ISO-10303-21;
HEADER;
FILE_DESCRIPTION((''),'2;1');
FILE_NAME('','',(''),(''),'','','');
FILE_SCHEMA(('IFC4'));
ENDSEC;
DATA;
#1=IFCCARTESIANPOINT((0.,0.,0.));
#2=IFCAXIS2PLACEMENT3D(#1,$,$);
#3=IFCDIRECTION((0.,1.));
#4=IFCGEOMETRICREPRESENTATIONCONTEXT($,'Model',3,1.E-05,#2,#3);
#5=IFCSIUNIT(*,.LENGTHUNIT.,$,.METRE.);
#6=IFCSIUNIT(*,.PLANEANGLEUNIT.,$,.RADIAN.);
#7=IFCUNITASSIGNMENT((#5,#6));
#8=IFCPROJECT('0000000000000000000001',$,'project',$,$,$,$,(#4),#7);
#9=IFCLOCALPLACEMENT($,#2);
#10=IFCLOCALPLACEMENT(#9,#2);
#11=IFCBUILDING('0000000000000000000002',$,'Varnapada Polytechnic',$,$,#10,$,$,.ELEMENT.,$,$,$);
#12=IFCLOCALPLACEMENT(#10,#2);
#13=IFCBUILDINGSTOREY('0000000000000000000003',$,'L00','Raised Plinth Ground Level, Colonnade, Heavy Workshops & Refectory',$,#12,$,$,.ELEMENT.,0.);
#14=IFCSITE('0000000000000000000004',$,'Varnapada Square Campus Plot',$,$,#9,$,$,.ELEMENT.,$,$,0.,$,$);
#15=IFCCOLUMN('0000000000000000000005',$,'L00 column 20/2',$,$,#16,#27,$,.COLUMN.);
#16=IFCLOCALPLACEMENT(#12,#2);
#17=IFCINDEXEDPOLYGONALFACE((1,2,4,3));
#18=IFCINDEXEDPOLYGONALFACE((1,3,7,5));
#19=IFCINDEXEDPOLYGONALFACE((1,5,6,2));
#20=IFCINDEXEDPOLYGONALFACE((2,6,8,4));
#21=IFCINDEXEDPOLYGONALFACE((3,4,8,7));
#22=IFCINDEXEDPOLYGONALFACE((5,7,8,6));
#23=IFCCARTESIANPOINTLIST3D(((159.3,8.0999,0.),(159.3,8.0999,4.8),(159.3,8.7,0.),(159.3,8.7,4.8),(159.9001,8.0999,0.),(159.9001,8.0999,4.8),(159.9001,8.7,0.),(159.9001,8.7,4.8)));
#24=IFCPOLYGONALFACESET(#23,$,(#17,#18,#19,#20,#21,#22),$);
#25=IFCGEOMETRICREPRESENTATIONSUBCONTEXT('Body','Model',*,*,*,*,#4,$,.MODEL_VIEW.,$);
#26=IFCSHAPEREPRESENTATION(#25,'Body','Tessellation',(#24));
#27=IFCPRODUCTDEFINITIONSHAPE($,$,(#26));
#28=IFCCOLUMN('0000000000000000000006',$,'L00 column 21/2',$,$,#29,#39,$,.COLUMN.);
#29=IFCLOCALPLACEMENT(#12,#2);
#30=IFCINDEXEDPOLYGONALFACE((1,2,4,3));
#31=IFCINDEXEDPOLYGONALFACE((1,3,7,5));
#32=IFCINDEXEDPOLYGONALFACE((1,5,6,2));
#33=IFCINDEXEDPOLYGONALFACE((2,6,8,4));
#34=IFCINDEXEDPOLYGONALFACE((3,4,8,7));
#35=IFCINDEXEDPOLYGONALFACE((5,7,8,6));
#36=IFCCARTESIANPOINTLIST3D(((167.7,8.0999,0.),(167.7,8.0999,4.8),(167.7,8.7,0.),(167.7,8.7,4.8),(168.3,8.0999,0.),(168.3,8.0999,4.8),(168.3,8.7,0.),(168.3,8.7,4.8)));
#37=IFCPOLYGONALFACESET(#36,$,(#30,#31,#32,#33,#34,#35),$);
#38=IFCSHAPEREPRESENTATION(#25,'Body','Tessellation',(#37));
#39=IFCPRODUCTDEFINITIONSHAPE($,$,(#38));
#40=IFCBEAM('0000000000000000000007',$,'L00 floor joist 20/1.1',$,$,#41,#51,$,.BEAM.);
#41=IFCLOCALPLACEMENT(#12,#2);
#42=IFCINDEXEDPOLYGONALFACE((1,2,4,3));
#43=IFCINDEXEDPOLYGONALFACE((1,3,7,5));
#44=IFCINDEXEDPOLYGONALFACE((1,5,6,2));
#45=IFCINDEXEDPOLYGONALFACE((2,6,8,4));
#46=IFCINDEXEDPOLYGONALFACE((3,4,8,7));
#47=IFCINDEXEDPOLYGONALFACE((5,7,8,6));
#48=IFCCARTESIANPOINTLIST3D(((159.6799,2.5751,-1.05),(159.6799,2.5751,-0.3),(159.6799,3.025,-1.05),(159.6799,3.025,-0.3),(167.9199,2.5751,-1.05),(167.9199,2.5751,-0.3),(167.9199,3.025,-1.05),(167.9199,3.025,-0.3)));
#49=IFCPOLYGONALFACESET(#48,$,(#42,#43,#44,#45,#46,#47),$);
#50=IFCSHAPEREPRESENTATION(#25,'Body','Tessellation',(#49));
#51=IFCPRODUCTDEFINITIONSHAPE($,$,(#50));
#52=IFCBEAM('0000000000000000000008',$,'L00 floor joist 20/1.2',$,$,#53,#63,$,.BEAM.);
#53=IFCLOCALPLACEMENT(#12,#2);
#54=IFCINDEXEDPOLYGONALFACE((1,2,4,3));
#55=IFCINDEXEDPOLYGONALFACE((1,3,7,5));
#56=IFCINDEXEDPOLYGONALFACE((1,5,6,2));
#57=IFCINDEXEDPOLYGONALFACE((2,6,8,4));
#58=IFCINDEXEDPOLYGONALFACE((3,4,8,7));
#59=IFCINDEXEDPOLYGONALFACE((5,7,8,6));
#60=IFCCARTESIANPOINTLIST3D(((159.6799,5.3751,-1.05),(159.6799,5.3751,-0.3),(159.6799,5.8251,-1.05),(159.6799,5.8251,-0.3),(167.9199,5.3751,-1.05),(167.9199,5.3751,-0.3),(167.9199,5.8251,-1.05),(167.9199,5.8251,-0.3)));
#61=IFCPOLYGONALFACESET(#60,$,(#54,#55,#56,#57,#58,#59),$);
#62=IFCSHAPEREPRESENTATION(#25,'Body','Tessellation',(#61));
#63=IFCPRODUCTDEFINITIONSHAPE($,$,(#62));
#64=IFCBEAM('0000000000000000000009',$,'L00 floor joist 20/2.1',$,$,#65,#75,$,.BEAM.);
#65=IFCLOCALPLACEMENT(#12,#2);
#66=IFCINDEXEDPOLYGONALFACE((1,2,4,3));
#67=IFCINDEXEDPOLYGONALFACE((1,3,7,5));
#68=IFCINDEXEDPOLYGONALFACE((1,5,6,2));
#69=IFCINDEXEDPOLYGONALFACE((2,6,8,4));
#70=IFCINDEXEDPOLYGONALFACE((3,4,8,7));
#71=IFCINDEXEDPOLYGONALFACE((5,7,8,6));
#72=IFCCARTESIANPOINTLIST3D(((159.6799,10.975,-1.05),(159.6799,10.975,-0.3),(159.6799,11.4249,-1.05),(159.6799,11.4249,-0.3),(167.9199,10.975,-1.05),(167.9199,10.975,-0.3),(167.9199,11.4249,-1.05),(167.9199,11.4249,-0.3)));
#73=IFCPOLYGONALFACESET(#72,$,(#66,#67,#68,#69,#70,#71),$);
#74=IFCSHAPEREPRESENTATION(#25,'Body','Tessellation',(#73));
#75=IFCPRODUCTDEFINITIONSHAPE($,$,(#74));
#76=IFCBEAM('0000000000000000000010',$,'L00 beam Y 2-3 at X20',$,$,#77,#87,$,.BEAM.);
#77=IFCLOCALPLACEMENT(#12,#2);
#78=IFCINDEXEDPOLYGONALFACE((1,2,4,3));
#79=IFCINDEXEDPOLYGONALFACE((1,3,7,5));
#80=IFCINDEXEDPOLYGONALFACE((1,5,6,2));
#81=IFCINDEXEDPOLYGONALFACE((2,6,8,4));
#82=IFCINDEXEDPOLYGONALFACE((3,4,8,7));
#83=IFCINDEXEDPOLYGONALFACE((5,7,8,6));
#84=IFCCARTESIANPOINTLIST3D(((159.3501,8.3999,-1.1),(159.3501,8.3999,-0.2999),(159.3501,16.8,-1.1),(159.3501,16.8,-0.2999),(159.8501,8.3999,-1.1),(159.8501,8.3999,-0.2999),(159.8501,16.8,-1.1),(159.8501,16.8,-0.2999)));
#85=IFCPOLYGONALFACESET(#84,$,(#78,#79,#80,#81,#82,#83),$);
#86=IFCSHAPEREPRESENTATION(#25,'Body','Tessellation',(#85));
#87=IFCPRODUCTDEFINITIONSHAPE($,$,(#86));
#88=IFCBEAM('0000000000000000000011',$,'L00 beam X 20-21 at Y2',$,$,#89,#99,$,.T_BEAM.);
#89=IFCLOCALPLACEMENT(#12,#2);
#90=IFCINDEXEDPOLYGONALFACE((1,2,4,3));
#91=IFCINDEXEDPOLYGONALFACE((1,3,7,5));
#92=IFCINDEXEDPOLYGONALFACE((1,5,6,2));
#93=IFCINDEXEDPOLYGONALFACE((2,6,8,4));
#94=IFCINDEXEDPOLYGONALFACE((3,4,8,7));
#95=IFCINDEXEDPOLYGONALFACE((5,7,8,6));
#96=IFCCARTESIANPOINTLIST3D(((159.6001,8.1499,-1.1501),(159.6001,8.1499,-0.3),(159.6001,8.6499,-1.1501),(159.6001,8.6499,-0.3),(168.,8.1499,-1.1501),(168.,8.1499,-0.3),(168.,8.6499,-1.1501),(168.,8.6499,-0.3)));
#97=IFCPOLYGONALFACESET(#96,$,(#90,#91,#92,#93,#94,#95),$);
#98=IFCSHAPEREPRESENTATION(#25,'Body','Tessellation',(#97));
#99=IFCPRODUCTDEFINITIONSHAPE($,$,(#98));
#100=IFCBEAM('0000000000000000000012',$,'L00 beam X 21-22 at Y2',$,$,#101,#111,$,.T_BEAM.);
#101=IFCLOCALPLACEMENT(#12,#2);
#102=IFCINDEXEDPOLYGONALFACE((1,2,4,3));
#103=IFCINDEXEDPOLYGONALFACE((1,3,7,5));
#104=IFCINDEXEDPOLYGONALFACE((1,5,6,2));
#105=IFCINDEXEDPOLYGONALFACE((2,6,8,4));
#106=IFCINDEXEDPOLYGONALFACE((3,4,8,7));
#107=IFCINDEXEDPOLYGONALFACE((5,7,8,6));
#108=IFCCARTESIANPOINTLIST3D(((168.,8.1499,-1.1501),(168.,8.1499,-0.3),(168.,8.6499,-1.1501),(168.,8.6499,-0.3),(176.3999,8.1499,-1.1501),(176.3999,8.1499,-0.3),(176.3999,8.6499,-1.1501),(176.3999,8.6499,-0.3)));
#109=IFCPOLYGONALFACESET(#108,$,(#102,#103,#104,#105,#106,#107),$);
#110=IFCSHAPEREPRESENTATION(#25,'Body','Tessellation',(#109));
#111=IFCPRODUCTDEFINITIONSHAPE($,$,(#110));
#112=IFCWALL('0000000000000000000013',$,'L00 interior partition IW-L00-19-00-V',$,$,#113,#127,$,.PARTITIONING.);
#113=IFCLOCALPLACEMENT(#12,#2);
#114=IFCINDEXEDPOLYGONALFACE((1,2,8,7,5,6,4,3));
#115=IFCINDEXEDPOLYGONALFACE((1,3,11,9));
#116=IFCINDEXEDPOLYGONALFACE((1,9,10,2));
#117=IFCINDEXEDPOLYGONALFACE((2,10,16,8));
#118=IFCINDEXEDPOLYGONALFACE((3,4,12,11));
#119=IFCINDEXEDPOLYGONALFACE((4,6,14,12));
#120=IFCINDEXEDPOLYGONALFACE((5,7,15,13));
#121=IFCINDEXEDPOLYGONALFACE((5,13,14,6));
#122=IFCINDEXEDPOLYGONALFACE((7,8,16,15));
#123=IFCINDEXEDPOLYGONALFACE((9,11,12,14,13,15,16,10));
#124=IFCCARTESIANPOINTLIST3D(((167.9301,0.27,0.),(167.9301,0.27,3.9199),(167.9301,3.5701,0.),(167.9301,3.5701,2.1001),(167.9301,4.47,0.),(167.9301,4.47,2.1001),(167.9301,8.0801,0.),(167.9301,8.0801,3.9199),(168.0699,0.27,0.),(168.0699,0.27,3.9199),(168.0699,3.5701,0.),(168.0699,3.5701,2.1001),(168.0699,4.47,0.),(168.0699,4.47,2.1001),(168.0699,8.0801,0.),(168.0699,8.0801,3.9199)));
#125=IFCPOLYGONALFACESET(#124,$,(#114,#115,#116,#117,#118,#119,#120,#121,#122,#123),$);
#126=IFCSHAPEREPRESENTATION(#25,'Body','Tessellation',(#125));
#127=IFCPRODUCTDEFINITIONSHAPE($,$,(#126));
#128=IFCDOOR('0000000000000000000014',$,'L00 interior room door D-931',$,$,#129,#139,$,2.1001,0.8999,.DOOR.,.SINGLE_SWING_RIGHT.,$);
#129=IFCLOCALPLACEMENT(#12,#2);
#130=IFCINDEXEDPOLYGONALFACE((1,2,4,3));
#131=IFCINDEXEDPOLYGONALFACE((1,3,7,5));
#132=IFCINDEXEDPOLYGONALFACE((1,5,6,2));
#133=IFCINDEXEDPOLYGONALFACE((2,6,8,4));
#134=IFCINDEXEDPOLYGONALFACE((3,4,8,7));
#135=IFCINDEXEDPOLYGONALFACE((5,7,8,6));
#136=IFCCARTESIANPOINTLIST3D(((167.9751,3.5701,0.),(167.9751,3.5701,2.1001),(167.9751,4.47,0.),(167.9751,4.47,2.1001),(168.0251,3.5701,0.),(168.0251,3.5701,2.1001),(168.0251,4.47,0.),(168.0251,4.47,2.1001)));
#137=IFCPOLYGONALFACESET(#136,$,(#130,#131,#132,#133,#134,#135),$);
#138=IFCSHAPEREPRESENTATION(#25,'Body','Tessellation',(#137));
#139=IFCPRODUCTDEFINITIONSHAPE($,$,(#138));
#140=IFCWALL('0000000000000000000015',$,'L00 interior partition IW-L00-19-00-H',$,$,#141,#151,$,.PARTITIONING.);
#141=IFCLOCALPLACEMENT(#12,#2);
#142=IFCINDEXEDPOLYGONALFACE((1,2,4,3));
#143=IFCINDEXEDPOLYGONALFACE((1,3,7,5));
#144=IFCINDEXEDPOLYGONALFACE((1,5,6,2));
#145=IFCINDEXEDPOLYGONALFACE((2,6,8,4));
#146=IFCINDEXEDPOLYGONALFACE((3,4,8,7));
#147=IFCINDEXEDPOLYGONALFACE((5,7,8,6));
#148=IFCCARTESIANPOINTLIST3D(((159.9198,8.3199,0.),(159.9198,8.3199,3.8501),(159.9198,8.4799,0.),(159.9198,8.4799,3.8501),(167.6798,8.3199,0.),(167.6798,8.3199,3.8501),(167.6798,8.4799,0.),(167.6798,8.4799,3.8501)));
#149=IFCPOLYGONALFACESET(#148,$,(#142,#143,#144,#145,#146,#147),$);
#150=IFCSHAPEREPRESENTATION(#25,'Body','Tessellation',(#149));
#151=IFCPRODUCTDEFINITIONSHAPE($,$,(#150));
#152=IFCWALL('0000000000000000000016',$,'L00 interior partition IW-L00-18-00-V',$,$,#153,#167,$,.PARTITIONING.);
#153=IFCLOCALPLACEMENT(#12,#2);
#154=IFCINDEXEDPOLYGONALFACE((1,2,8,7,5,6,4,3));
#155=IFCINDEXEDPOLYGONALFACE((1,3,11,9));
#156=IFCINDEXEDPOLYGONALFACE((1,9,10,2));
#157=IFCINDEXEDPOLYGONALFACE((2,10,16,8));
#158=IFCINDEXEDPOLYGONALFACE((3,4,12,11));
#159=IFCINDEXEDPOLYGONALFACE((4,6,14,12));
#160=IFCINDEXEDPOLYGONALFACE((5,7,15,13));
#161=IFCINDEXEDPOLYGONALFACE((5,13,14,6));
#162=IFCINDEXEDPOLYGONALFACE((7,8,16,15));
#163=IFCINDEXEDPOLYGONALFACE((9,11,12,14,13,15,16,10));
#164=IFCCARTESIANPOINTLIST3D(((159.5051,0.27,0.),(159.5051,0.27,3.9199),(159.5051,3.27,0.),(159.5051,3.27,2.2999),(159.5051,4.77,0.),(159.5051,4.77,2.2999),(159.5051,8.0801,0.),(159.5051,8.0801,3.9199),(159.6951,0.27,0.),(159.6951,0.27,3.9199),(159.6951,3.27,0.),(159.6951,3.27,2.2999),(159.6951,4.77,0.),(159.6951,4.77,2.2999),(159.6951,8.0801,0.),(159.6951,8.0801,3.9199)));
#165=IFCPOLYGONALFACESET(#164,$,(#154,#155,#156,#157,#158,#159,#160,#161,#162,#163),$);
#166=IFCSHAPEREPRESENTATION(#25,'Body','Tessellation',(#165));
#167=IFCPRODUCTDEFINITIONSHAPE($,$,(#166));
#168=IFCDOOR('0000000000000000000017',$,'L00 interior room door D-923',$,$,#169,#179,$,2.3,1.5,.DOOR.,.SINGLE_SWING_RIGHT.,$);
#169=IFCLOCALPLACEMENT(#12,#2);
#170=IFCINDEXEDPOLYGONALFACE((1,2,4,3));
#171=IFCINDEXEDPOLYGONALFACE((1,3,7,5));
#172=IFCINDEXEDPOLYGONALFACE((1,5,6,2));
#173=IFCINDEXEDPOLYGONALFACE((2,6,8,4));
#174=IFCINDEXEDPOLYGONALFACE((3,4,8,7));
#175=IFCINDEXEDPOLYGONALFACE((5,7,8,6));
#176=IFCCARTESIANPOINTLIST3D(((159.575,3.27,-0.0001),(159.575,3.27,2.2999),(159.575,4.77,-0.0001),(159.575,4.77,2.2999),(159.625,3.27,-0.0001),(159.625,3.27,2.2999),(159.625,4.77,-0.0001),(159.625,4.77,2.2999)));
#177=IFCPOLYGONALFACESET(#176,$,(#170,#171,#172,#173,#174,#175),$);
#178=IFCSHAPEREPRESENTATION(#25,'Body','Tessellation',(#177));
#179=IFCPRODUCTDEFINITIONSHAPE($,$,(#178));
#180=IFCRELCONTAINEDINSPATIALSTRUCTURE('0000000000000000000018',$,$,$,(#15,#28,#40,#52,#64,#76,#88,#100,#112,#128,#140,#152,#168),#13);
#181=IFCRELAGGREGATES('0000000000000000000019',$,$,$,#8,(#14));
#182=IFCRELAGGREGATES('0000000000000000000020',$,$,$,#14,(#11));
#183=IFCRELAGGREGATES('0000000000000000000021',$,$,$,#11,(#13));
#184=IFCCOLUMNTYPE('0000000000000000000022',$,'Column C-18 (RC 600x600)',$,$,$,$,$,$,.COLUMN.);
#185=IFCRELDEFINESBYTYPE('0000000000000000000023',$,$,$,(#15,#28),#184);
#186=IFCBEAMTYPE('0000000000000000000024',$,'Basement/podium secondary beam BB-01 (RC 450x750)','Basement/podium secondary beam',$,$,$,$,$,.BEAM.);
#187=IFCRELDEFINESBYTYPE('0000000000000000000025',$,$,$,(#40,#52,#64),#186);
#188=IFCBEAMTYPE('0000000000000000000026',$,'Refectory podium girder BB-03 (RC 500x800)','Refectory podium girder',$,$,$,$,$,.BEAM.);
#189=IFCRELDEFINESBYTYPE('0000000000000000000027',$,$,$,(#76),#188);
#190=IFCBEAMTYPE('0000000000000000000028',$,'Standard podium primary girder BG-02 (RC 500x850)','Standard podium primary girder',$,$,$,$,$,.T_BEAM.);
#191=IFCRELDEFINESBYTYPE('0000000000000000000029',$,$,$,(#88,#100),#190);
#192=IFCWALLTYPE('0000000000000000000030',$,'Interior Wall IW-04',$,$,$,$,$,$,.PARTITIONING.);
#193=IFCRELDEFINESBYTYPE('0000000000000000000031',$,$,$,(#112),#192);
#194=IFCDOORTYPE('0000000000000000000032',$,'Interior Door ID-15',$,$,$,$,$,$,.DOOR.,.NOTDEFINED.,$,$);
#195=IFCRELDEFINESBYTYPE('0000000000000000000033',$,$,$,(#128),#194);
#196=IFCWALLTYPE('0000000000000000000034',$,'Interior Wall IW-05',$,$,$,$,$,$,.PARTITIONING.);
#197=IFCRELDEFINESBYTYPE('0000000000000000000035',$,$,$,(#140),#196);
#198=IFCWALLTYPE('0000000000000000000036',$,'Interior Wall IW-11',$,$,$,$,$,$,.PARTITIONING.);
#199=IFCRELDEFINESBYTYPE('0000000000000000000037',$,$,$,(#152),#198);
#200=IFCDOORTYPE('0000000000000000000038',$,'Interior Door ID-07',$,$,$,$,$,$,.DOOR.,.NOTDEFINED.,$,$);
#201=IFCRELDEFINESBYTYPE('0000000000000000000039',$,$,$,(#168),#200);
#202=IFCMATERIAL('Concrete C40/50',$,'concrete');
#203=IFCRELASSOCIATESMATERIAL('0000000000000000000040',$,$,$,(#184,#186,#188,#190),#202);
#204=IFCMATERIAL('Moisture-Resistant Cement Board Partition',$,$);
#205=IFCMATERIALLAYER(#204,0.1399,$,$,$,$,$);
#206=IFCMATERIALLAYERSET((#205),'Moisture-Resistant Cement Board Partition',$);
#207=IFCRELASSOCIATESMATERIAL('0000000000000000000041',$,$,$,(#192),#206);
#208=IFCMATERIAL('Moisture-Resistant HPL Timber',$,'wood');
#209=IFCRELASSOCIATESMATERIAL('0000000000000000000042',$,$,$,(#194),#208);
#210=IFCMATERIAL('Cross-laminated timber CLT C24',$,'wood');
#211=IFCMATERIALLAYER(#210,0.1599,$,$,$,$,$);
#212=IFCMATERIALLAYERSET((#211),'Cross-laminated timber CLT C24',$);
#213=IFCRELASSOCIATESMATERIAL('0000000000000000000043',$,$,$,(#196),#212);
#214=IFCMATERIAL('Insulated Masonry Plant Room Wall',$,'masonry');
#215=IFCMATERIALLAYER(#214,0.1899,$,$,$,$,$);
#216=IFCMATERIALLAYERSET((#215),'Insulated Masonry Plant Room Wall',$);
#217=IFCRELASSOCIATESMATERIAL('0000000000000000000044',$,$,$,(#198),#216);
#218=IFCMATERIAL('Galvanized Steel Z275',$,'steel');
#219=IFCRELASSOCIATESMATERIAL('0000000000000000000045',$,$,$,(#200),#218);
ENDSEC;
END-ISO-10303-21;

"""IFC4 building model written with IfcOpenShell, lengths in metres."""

from ifc_helpers import new_model, si_unit, direction, frame, frame_2d, origin, origin_2d, place, context, subcontext, project, spatial, rectangle, extrude, material, layer, layer_set, material_profile, profile_set, type_object, element, fill, save


model = new_model("IFC4")

# Units and contexts
model_context = context("Model", 3, precision=1e-05, world=origin(), true_north=direction((0.0, 1.0)))
body_context = subcontext(model_context, "Body", "Model", "MODEL_VIEW")
ifc_project = project(units=[si_unit("LENGTHUNIT", "METRE"), si_unit("PLANEANGLEUNIT", "RADIAN")], contexts=[model_context])

# Site, building, storey
site_placement = place(None, origin())
site = spatial("IfcSite", under=ifc_project, at=site_placement, Name="Varnapada Square Campus Plot", CompositionType="ELEMENT", RefElevation=0.0)
building_placement = place(site_placement, origin())
building = spatial("IfcBuilding", under=site, at=building_placement, Name="Varnapada Polytechnic", CompositionType="ELEMENT")
storey_placement = place(building_placement, origin())
storey = spatial("IfcBuildingStorey", under=building, at=storey_placement, Name="L00", Description="Raised Plinth Ground Level, Colonnade, Heavy Workshops & Refectory", CompositionType="ELEMENT", Elevation=0.0)

# Columns
ifc_material_1 = material(Name="Concrete C40/50", Category="concrete")
ifc_material_profile_1 = material_profile(ifc_material_1, rectangle(XDim=0.6001, YDim=0.6001, at=origin_2d()), Name="RC 600x600")
ifc_profile_set_1 = profile_set([ifc_material_profile_1], Name="Concrete C40/50")
column_type = type_object("IfcColumnType", Name="Column C-18 (RC 600x600)", PredefinedType="COLUMN", material=ifc_profile_set_1)
for number, where, z_axis, x_axis, name in (
    (1, (159.6001, 8.3999, 0.0), (0.0, 0.0, 1.0), (1.0, 0.0, 0.0), "L00 column 20/2"),
    (2, (168.0, 8.3999, 0.0), (0.0, 0.0, 1.0), (1.0, 0.0, 0.0), "L00 column 21/2"),
):
    element("IfcColumn", number, at=place(storey_placement, frame(where, z_axis=z_axis, x_axis=x_axis)), inside=storey, type_object=column_type, Name=name, PredefinedType="COLUMN", context=body_context, shape_type="SweptSolid", body=[
        extrude(rectangle(XDim=0.6001, YDim=0.6001, at=origin_2d()), origin(), (0.0, 0.0, 1.0), 4.8),
    ])

# Beams
ifc_material_profile_2 = material_profile(ifc_material_1, rectangle(XDim=0.45, YDim=0.75, at=origin_2d()), Name="RC 450x750")
ifc_profile_set_2 = profile_set([ifc_material_profile_2], Name="Concrete C40/50")
beam_type_1 = type_object("IfcBeamType", Name="Basement/podium secondary beam BB-01 (RC 450x750)", Description="Basement/podium secondary beam", PredefinedType="BEAM", material=ifc_profile_set_2)
for number, where, z_axis, x_axis, name in (
    (3, (159.6799, 2.8, -0.675), (1.0, 0.0, 0.0), (0.0, 1.0, 0.0), "L00 floor joist 20/1.1"),
    (4, (159.6799, 5.6001, -0.675), (1.0, 0.0, 0.0), (0.0, 1.0, 0.0), "L00 floor joist 20/1.2"),
    (5, (159.6799, 11.2, -0.675), (1.0, 0.0, 0.0), (0.0, 1.0, 0.0), "L00 floor joist 20/2.1"),
):
    element("IfcBeam", number, at=place(storey_placement, frame(where, z_axis=z_axis, x_axis=x_axis)), inside=storey, type_object=beam_type_1, Name=name, PredefinedType="BEAM", context=body_context, shape_type="SweptSolid", body=[
        extrude(rectangle(XDim=0.45, YDim=0.75, at=origin_2d()), origin(), (0.0, 0.0, 1.0), 8.24),
    ])
ifc_material_profile_3 = material_profile(ifc_material_1, rectangle(XDim=0.5, YDim=0.8, at=origin_2d()), Name="RC 500x800")
ifc_profile_set_3 = profile_set([ifc_material_profile_3], Name="Concrete C40/50")
beam_type_2 = type_object("IfcBeamType", Name="Refectory podium girder BB-03 (RC 500x800)", Description="Refectory podium girder", PredefinedType="BEAM", material=ifc_profile_set_3)
beam_placement = place(storey_placement, frame((159.6001, 8.3999, -0.7), z_axis=(0.0, 1.0, 0.0), x_axis=(-1.0, 0.0, 0.0)))
element("IfcBeam", 6, at=beam_placement, inside=storey, type_object=beam_type_2, Name="L00 beam Y 2-3 at X20", PredefinedType="BEAM", context=body_context, shape_type="SweptSolid", body=[
    extrude(rectangle(XDim=0.5, YDim=0.8, at=origin_2d()), origin(), (0.0, 0.0, 1.0), 8.4001),
])
ifc_material_profile_4 = material_profile(ifc_material_1, rectangle(XDim=0.5, YDim=0.8501, at=origin_2d()), Name="RC 500x850")
ifc_profile_set_4 = profile_set([ifc_material_profile_4], Name="Concrete C40/50")
beam_type_3 = type_object("IfcBeamType", Name="Standard podium primary girder BG-02 (RC 500x850)", Description="Standard podium primary girder", PredefinedType="T_BEAM", material=ifc_profile_set_4)
for number, where, z_axis, x_axis, name in (
    (7, (159.6001, 8.3999, -0.7251), (1.0, 0.0, 0.0), (0.0, 1.0, 0.0), "L00 beam X 20-21 at Y2"),
    (8, (168.0, 8.3999, -0.7251), (1.0, 0.0, 0.0), (0.0, 1.0, 0.0), "L00 beam X 21-22 at Y2"),
):
    element("IfcBeam", number, at=place(storey_placement, frame(where, z_axis=z_axis, x_axis=x_axis)), inside=storey, type_object=beam_type_3, Name=name, PredefinedType="T_BEAM", context=body_context, shape_type="SweptSolid", body=[
        extrude(rectangle(XDim=0.5, YDim=0.8501, at=origin_2d()), origin(), (0.0, 0.0, 1.0), 8.3999),
    ])

# Wall, opening, door
ifc_material_2 = material(Name="Moisture-Resistant Cement Board Partition")
ifc_layer_1 = layer(ifc_material_2, 0.1399)
ifc_layer_set_1 = layer_set([ifc_layer_1], Name="Moisture-Resistant Cement Board Partition")
wall_type_1 = type_object("IfcWallType", Name="Interior Wall IW-04", PredefinedType="PARTITIONING", material=ifc_layer_set_1)
wall_1_placement = place(storey_placement, frame((168.0, 0.27, 0.0), z_axis=(0.0, 0.0, 1.0), x_axis=(0.0, 1.0, 0.0)))
wall_1 = element("IfcWall", 9, at=wall_1_placement, inside=storey, type_object=wall_type_1, Name="L00 interior partition IW-L00-19-00-V", PredefinedType="PARTITIONING", context=body_context, shape_type="SweptSolid", body=[
    extrude(rectangle(XDim=7.8101, YDim=0.1399, at=frame_2d((3.905, 0.0))), origin(), (0.0, 0.0, 1.0), 3.9199),
])
opening_1_placement = place(wall_1_placement, frame((3.3, 0.0, 0.0)))
opening_1 = element("IfcOpeningElement", 10, at=opening_1_placement, cuts=wall_1, PredefinedType="OPENING", context=body_context, shape_type="SweptSolid", body=[
    extrude(rectangle(XDim=0.8999, YDim=2.1001, at=frame_2d((0.45, 1.05))), frame((0.0, 0.0798, 0.0), z_axis=(0.0, -1.0, 0.0), x_axis=(1.0, 0.0, 0.0)), (0.0, 0.0, 1.0), 0.1599),
])
ifc_material_3 = material(Name="Moisture-Resistant HPL Timber", Category="wood")
door_type_1 = type_object("IfcDoorType", Name="Interior Door ID-15", OperationType="NOTDEFINED", PredefinedType="DOOR", material=ifc_material_3)
door_1_placement = place(opening_1_placement, origin())
door_1 = element("IfcDoor", 11, at=door_1_placement, inside=storey, type_object=door_type_1, Name="L00 interior room door D-931", OperationType="SINGLE_SWING_RIGHT", OverallHeight=2.1001, OverallWidth=0.8999, PredefinedType="DOOR", context=body_context, shape_type="SweptSolid", body=[
    extrude(rectangle(XDim=0.8999, YDim=2.1001, at=frame_2d((0.45, 1.05))), frame((0.0, 0.0249, 0.0), z_axis=(0.0, -1.0, 0.0), x_axis=(1.0, 0.0, 0.0)), (0.0, 0.0, 1.0), 0.05),
])
fill(opening_1, door_1)

# Wall
ifc_material_4 = material(Name="Cross-laminated timber CLT C24", Category="wood")
ifc_layer_2 = layer(ifc_material_4, 0.1599)
ifc_layer_set_2 = layer_set([ifc_layer_2], Name="Cross-laminated timber CLT C24")
wall_type_2 = type_object("IfcWallType", Name="Interior Wall IW-05", PredefinedType="PARTITIONING", material=ifc_layer_set_2)
wall_2_placement = place(storey_placement, frame((159.9199, 8.3999, 0.0), z_axis=(0.0, 0.0, 1.0), x_axis=(1.0, 0.0, 0.0)))
element("IfcWall", 12, at=wall_2_placement, inside=storey, type_object=wall_type_2, Name="L00 interior partition IW-L00-19-00-H", PredefinedType="PARTITIONING", context=body_context, shape_type="SweptSolid", body=[
    extrude(rectangle(XDim=7.76, YDim=0.1599, at=frame_2d((3.8799, 0.0))), origin(), (0.0, 0.0, 1.0), 3.8501),
])

# Wall, opening, door
ifc_material_5 = material(Name="Insulated Masonry Plant Room Wall", Category="masonry")
ifc_layer_3 = layer(ifc_material_5, 0.1899)
ifc_layer_set_3 = layer_set([ifc_layer_3], Name="Insulated Masonry Plant Room Wall")
wall_type_3 = type_object("IfcWallType", Name="Interior Wall IW-11", PredefinedType="PARTITIONING", material=ifc_layer_set_3)
wall_3_placement = place(storey_placement, frame((159.6001, 0.27, 0.0), z_axis=(0.0, 0.0, 1.0), x_axis=(0.0, 1.0, 0.0)))
wall_3 = element("IfcWall", 13, at=wall_3_placement, inside=storey, type_object=wall_type_3, Name="L00 interior partition IW-L00-18-00-V", PredefinedType="PARTITIONING", context=body_context, shape_type="SweptSolid", body=[
    extrude(rectangle(XDim=7.8101, YDim=0.1899, at=frame_2d((3.905, 0.0))), origin(), (0.0, 0.0, 1.0), 3.9199),
])
opening_2_placement = place(wall_3_placement, frame((3.0, 0.0, 0.0)))
opening_2 = element("IfcOpeningElement", 14, at=opening_2_placement, cuts=wall_3, PredefinedType="OPENING", context=body_context, shape_type="SweptSolid", body=[
    extrude(rectangle(XDim=1.5, YDim=2.3, at=frame_2d((0.75, 1.1499))), frame((0.0, 0.105, 0.0), z_axis=(0.0, -1.0, 0.0), x_axis=(1.0, 0.0, 0.0)), (0.0, 0.0, 1.0), 0.21),
])
ifc_material_6 = material(Name="Galvanized Steel Z275", Category="steel")
door_type_2 = type_object("IfcDoorType", Name="Interior Door ID-07", OperationType="NOTDEFINED", PredefinedType="DOOR", material=ifc_material_6)
door_2_placement = place(opening_2_placement, frame((1.5, 0.0, 0.0), z_axis=(0.0, 0.0, 1.0), x_axis=(-1.0, 0.0, 0.0)))
door_2 = element("IfcDoor", 15, at=door_2_placement, inside=storey, type_object=door_type_2, Name="L00 interior room door D-923", OperationType="SINGLE_SWING_RIGHT", OverallHeight=2.3, OverallWidth=1.5, PredefinedType="DOOR", context=body_context, shape_type="SweptSolid", body=[
    extrude(rectangle(XDim=1.5, YDim=2.3, at=frame_2d((0.75, 1.1499))), frame((0.0, 0.0249, 0.0), z_axis=(0.0, -1.0, 0.0), x_axis=(1.0, 0.0, 0.0)), (0.0, 0.0, 1.0), 0.05),
])
fill(opening_2, door_2)

save(model, "model.ifc")
